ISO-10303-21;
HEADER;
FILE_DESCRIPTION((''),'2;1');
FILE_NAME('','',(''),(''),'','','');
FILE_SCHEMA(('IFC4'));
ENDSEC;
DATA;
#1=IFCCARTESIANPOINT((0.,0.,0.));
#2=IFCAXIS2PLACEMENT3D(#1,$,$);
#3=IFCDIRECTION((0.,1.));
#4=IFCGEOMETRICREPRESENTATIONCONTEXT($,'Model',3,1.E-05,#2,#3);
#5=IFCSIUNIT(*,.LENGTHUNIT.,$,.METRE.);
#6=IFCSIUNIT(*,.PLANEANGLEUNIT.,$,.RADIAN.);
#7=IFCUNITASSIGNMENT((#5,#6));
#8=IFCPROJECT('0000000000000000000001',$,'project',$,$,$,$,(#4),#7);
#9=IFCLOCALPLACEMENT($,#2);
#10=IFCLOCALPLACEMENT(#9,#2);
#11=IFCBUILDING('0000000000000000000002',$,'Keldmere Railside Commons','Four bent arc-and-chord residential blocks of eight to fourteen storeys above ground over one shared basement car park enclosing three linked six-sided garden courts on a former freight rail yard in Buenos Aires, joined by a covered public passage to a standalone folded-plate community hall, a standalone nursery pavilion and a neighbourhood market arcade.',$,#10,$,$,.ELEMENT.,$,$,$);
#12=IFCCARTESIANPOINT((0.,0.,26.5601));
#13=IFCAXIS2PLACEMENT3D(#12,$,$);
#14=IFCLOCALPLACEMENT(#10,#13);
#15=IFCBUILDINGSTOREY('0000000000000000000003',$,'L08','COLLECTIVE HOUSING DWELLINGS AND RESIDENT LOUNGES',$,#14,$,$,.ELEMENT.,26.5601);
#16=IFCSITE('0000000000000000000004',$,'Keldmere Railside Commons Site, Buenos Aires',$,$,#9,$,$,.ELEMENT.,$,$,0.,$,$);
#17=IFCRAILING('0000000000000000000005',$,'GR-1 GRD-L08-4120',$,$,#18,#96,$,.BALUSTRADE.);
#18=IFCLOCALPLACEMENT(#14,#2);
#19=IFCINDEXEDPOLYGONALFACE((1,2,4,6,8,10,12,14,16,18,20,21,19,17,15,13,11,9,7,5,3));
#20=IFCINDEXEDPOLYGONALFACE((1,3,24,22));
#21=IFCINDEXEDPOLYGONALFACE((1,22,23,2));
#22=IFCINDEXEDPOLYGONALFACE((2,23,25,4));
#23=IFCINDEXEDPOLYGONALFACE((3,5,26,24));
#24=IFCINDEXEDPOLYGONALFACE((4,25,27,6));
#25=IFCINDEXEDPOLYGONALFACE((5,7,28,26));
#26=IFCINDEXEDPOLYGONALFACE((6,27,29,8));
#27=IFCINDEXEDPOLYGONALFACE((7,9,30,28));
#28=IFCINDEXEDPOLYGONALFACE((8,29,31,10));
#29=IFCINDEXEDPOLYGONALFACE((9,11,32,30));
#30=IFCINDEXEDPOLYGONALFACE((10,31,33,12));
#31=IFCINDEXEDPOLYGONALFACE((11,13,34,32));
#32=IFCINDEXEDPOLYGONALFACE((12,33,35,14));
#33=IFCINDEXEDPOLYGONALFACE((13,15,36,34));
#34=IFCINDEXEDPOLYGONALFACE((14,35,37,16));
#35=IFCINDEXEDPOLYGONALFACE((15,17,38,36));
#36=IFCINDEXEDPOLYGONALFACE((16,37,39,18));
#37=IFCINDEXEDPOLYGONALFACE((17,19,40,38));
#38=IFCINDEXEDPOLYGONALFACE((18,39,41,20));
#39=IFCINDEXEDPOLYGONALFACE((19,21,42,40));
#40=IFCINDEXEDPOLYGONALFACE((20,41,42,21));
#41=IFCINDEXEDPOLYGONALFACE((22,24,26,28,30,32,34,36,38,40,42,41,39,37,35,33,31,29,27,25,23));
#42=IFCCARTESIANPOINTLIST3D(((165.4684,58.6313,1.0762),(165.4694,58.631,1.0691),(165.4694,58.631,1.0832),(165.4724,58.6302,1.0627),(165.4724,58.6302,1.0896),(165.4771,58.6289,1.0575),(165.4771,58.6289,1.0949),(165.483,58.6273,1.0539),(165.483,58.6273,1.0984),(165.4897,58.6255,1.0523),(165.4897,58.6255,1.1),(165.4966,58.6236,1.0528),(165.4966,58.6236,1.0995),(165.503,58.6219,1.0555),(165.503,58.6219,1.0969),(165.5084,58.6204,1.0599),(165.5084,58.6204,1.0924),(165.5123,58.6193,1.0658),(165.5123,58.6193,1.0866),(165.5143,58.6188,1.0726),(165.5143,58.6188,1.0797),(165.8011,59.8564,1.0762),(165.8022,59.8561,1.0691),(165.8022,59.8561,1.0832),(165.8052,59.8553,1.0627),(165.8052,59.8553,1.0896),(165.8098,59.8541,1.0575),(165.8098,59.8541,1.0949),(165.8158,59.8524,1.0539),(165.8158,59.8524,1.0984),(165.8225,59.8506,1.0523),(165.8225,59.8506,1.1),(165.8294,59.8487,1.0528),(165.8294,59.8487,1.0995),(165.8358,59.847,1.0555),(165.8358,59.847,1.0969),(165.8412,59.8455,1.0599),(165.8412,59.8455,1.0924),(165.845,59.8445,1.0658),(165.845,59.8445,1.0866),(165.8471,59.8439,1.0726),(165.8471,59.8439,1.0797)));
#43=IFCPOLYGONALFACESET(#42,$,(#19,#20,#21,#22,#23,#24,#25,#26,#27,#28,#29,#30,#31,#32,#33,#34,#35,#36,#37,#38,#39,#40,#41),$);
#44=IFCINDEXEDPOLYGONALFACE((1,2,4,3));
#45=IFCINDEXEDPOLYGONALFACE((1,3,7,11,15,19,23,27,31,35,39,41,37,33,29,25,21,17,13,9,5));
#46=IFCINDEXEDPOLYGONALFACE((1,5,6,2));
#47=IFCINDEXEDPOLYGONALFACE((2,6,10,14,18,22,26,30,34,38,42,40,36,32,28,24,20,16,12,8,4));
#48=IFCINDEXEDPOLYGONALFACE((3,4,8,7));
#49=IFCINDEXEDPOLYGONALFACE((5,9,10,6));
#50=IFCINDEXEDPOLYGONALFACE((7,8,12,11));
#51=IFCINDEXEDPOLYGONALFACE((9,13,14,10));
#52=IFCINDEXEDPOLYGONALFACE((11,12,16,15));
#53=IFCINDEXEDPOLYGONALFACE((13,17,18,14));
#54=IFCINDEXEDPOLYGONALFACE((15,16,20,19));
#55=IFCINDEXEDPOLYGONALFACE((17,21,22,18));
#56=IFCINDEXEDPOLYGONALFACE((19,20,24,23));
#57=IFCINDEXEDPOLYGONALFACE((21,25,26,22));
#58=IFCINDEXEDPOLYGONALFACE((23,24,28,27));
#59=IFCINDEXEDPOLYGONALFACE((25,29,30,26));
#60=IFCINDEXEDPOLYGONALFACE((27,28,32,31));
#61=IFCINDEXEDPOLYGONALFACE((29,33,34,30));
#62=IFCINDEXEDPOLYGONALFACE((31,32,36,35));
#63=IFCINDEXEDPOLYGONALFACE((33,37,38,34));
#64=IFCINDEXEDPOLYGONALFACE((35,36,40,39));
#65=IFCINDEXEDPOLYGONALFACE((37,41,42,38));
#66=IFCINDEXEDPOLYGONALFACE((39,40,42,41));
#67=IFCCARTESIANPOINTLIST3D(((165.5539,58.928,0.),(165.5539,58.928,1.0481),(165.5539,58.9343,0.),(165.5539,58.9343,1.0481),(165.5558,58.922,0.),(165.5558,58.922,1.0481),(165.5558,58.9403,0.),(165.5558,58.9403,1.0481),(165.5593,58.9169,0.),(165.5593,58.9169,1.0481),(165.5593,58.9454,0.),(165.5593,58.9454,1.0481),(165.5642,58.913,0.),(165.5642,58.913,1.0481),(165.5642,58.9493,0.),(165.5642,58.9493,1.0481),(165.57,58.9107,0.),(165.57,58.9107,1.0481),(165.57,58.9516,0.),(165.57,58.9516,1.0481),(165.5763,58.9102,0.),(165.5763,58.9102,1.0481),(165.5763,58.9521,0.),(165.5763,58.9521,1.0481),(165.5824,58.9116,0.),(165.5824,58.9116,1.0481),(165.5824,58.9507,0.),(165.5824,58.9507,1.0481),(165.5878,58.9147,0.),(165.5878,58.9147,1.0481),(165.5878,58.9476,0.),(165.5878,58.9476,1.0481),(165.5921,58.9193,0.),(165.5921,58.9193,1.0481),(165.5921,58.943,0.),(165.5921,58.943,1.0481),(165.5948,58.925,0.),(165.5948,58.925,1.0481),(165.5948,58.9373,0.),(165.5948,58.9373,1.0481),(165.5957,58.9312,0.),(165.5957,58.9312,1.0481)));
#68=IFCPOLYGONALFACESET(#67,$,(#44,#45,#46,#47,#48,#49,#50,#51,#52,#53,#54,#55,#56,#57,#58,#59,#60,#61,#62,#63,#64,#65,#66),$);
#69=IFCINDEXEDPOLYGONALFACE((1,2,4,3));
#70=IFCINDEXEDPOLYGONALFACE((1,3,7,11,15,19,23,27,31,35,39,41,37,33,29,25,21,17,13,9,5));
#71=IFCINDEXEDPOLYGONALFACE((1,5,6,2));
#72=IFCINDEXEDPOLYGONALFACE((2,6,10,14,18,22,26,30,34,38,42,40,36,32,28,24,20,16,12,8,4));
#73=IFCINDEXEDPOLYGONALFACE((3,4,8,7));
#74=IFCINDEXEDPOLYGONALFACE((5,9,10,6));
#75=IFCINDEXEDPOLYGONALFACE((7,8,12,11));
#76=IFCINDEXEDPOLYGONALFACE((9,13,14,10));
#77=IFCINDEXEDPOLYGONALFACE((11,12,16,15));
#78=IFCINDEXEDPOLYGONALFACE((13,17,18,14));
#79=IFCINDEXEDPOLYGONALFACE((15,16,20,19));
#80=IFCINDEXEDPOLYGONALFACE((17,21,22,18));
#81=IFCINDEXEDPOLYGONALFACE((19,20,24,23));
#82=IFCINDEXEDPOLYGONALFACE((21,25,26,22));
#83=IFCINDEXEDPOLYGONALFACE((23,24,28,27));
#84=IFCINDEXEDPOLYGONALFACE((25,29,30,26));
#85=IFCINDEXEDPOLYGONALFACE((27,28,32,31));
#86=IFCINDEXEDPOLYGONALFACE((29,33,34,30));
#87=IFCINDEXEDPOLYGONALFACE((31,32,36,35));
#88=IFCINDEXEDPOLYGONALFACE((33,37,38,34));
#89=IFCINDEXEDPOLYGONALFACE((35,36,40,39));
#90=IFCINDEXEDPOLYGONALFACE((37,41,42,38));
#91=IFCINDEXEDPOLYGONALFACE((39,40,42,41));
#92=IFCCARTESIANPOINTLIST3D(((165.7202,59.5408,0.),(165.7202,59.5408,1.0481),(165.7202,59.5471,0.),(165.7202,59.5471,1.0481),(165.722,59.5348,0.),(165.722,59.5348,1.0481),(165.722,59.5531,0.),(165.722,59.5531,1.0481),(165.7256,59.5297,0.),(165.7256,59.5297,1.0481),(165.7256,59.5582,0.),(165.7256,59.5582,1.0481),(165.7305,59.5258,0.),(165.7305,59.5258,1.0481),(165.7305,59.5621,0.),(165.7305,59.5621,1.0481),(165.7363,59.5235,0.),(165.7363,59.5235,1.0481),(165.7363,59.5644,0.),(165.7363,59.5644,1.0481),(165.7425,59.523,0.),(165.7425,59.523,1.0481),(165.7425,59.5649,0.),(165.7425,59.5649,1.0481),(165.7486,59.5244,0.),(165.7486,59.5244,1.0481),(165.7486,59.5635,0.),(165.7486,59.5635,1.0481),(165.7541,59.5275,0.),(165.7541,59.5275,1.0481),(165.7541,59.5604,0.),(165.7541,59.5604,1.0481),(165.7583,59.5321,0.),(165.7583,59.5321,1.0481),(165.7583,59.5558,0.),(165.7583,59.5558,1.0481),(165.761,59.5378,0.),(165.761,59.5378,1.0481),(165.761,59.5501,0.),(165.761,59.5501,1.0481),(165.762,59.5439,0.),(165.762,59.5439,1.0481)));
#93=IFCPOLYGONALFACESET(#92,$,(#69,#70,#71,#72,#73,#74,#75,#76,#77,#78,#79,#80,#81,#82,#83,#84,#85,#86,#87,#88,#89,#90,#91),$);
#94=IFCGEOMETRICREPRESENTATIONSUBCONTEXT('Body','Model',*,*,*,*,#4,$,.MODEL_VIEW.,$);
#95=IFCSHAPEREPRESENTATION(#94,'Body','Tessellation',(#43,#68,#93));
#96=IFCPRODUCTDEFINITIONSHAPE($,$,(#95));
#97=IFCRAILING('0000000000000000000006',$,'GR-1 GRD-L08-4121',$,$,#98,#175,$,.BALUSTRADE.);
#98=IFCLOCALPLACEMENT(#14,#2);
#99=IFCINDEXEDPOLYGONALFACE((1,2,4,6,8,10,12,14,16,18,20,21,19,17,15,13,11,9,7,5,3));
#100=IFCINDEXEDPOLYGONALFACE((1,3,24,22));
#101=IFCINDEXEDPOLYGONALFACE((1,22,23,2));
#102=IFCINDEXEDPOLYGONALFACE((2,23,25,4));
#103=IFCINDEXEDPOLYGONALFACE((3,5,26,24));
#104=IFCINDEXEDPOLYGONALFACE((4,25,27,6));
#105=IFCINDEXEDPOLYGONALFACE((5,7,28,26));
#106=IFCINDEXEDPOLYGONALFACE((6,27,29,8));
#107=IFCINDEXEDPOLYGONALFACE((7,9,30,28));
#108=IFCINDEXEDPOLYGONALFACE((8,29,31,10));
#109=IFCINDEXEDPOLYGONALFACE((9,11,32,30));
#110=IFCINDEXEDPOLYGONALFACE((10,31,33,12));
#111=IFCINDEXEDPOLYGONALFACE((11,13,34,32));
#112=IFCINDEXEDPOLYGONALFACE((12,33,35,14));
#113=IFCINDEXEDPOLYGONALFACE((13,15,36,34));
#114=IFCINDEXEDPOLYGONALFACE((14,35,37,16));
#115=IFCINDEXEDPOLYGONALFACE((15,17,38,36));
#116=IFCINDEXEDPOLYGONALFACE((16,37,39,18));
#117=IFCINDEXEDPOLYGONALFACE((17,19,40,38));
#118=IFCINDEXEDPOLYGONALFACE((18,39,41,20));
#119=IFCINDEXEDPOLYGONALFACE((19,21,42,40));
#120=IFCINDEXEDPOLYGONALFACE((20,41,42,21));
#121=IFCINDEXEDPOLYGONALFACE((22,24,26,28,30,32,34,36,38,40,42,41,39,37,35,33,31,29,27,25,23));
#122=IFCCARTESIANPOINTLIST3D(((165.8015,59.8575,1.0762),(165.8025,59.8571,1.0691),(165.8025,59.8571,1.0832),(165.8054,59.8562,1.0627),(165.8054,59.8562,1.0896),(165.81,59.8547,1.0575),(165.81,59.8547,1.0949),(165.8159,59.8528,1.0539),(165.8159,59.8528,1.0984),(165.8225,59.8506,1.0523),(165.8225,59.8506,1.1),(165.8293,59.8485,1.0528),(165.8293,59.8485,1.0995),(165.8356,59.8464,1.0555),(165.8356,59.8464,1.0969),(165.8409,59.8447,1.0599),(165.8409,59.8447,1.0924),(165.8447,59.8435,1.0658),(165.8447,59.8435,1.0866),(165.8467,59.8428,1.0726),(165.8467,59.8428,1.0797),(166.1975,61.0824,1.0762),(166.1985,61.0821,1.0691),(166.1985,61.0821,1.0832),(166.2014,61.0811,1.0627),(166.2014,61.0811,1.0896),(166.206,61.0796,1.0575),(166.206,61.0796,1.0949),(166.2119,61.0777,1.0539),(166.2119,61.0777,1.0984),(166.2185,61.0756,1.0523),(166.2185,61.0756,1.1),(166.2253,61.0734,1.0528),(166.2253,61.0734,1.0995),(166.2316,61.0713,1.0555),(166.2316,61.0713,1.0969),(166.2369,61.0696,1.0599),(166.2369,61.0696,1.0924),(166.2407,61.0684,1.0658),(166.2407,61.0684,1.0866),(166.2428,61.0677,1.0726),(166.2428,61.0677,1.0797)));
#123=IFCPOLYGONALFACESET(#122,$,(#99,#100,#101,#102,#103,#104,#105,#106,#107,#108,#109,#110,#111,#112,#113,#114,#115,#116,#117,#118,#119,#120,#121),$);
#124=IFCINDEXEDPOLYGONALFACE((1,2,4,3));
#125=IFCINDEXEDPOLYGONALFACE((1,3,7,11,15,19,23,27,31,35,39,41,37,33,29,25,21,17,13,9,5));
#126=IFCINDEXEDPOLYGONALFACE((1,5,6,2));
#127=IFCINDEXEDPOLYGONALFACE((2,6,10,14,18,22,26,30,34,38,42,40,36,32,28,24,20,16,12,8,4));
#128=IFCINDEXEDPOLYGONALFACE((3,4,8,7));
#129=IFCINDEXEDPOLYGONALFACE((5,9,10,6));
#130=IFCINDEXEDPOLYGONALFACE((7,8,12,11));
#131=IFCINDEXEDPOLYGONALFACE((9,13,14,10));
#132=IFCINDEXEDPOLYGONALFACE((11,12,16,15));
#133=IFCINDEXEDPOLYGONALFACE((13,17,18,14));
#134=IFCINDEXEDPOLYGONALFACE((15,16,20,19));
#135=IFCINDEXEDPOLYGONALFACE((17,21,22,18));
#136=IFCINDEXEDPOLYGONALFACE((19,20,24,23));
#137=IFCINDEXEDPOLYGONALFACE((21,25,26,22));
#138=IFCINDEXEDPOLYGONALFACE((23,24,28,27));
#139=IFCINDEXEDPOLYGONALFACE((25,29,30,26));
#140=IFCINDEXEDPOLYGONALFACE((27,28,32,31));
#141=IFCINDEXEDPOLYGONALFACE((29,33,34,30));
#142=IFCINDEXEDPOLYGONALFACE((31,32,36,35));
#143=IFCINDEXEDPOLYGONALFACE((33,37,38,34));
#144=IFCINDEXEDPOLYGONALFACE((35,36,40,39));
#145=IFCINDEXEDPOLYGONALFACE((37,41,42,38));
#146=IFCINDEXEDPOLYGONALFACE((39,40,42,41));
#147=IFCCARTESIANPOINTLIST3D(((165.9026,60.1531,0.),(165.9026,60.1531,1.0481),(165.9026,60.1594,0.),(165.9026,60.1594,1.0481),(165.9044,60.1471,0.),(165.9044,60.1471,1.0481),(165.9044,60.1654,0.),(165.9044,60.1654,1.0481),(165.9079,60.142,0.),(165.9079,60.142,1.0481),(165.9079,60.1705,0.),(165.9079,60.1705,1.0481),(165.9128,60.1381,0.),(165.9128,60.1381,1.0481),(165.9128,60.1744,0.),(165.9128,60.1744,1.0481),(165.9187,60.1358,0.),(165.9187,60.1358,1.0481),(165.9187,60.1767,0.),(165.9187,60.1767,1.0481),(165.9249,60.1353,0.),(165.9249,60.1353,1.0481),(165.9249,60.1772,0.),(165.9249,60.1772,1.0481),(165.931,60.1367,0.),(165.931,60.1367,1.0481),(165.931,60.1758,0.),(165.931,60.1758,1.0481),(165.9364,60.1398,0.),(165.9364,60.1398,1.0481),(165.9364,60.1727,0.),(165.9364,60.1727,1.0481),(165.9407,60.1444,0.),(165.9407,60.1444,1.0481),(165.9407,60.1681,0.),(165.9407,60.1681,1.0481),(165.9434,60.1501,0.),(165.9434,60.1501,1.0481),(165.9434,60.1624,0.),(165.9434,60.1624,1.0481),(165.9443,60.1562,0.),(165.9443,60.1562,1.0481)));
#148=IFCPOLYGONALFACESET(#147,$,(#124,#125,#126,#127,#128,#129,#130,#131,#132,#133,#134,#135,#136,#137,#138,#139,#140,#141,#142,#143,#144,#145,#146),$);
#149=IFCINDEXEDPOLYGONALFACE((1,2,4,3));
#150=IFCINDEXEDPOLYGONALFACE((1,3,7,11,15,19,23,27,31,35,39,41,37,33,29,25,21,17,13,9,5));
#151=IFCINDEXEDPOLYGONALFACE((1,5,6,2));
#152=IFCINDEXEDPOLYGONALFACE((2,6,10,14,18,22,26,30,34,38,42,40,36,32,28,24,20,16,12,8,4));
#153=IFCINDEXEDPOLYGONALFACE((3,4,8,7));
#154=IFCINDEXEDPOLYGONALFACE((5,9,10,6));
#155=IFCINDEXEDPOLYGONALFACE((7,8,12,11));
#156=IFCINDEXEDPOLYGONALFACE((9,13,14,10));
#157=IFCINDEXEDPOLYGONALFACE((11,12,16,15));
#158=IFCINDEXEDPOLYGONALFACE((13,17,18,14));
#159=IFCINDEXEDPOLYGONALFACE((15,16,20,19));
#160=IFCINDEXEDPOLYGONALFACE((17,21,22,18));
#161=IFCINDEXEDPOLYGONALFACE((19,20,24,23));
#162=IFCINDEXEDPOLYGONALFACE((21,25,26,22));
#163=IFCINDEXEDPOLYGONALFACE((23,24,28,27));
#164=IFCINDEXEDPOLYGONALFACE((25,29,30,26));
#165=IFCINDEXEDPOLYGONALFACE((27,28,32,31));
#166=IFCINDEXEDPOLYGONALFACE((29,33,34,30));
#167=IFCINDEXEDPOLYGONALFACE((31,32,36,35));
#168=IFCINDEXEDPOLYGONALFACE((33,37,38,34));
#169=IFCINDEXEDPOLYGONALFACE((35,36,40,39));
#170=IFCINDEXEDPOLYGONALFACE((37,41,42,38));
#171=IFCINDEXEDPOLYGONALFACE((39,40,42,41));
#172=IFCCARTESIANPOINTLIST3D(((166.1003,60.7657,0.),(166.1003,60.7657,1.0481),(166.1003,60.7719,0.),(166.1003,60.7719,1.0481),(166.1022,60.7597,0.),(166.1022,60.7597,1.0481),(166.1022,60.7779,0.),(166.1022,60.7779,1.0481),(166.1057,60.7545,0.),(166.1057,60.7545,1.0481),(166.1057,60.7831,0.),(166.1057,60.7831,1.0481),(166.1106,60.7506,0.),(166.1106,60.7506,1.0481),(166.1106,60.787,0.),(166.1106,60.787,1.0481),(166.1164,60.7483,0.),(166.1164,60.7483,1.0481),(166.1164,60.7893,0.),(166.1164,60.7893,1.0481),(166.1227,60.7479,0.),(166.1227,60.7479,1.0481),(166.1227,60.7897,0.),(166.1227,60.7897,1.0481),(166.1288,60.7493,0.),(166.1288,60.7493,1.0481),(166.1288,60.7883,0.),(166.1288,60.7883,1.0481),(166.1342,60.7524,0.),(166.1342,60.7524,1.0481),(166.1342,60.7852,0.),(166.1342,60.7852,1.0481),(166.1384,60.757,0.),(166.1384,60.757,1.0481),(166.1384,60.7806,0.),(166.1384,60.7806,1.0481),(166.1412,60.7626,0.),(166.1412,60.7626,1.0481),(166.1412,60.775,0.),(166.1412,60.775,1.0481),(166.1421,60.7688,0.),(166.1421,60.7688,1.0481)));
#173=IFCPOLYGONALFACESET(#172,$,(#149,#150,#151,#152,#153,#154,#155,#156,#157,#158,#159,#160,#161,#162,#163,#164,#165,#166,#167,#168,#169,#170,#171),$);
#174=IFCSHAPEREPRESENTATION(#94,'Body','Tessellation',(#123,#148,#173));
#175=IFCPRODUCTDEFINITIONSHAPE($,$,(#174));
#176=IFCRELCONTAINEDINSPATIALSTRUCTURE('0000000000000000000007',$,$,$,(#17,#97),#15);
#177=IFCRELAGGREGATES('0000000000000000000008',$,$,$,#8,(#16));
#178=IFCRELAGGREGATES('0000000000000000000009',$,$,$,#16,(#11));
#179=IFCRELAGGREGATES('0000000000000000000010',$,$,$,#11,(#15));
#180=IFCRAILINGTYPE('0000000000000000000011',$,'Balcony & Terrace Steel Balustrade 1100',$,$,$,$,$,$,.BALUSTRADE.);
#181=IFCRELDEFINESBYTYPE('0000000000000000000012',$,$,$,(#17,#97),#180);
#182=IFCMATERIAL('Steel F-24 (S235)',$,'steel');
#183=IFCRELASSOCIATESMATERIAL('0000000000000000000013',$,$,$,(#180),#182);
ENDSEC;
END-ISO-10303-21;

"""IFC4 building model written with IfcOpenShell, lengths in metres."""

from ifc_helpers import new_model, si_unit, direction, frame, origin, origin_2d, place, context, subcontext, project, spatial, circle, extrude, material, type_object, element, save


model = new_model("IFC4")

# Units and contexts
model_context = context("Model", 3, precision=1e-05, world=origin(), true_north=direction((0.0, 1.0)))
body_context = subcontext(model_context, "Body", "Model", "MODEL_VIEW")
ifc_project = project(units=[si_unit("LENGTHUNIT", "METRE"), si_unit("PLANEANGLEUNIT", "RADIAN")], contexts=[model_context])

# Site, building, storey
site_placement = place(None, origin())
site = spatial("IfcSite", under=ifc_project, at=site_placement, Name="Keldmere Railside Commons Site, Buenos Aires", CompositionType="ELEMENT", RefElevation=0.0)
building_placement = place(site_placement, origin())
building = spatial("IfcBuilding", under=site, at=building_placement, Name="Keldmere Railside Commons", Description="Four bent arc-and-chord residential blocks of eight to fourteen storeys above ground over one shared basement car park enclosing three linked six-sided garden courts on a former freight rail yard in Buenos Aires, joined by a covered public passage to a standalone folded-plate community hall, a standalone nursery pavilion and a neighbourhood market arcade.", CompositionType="ELEMENT")
storey_placement = place(building_placement, frame((0.0, 0.0, 26.5601)))
storey = spatial("IfcBuildingStorey", under=building, at=storey_placement, Name="L08", Description="COLLECTIVE HOUSING DWELLINGS AND RESIDENT LOUNGES", CompositionType="ELEMENT", Elevation=26.5601)

# Railings
ifc_material_1 = material(Name="Steel F-24 (S235)", Category="steel")
railing_type = type_object("IfcRailingType", Name="Balcony & Terrace Steel Balustrade 1100", PredefinedType="BALUSTRADE", material=ifc_material_1)
railing_1_placement = place(storey_placement, frame((165.4915, 58.625, 0.0)))
element("IfcRailing", 1, at=railing_1_placement, inside=storey, type_object=railing_type, Name="GR-1 GRD-L08-4120", PredefinedType="BALUSTRADE", context=body_context, shape_type="SweptSolid", body=[
    extrude(circle(Radius=0.0239, at=origin_2d()), frame((0.0, 0.0, 1.0762), z_axis=(0.262125, 0.965034, 0.0), x_axis=(-0.965034, 0.262125, 0.0)), (0.0, 0.0, 1.0), 1.2695),
    extrude(circle(Radius=0.021, at=origin_2d()), frame((0.0833, 0.3062, 0.0)), (0.0, 0.0, 1.0), 1.0481),
    extrude(circle(Radius=0.021, at=origin_2d()), frame((0.2495, 0.9189, 0.0)), (0.0, 0.0, 1.0), 1.0481),
])
railing_2_placement = place(storey_placement, frame((165.8242, 59.8501, 0.0)))
element("IfcRailing", 2, at=railing_2_placement, inside=storey, type_object=railing_type, Name="GR-1 GRD-L08-4121", PredefinedType="BALUSTRADE", context=body_context, shape_type="SweptSolid", body=[
    extrude(circle(Radius=0.0239, at=origin_2d()), frame((0.0, 0.0, 1.0762), z_axis=(0.307623, 0.951508, 0.0), x_axis=(-0.951508, 0.307623, 0.0)), (0.0, 0.0, 1.0), 1.2874),
    extrude(circle(Radius=0.021, at=origin_2d()), frame((0.0991, 0.3062, 0.0)), (0.0, 0.0, 1.0), 1.0481),
    extrude(circle(Radius=0.021, at=origin_2d()), frame((0.2969, 0.9187, 0.0)), (0.0, 0.0, 1.0), 1.0481),
])

save(model, "model.ifc")
